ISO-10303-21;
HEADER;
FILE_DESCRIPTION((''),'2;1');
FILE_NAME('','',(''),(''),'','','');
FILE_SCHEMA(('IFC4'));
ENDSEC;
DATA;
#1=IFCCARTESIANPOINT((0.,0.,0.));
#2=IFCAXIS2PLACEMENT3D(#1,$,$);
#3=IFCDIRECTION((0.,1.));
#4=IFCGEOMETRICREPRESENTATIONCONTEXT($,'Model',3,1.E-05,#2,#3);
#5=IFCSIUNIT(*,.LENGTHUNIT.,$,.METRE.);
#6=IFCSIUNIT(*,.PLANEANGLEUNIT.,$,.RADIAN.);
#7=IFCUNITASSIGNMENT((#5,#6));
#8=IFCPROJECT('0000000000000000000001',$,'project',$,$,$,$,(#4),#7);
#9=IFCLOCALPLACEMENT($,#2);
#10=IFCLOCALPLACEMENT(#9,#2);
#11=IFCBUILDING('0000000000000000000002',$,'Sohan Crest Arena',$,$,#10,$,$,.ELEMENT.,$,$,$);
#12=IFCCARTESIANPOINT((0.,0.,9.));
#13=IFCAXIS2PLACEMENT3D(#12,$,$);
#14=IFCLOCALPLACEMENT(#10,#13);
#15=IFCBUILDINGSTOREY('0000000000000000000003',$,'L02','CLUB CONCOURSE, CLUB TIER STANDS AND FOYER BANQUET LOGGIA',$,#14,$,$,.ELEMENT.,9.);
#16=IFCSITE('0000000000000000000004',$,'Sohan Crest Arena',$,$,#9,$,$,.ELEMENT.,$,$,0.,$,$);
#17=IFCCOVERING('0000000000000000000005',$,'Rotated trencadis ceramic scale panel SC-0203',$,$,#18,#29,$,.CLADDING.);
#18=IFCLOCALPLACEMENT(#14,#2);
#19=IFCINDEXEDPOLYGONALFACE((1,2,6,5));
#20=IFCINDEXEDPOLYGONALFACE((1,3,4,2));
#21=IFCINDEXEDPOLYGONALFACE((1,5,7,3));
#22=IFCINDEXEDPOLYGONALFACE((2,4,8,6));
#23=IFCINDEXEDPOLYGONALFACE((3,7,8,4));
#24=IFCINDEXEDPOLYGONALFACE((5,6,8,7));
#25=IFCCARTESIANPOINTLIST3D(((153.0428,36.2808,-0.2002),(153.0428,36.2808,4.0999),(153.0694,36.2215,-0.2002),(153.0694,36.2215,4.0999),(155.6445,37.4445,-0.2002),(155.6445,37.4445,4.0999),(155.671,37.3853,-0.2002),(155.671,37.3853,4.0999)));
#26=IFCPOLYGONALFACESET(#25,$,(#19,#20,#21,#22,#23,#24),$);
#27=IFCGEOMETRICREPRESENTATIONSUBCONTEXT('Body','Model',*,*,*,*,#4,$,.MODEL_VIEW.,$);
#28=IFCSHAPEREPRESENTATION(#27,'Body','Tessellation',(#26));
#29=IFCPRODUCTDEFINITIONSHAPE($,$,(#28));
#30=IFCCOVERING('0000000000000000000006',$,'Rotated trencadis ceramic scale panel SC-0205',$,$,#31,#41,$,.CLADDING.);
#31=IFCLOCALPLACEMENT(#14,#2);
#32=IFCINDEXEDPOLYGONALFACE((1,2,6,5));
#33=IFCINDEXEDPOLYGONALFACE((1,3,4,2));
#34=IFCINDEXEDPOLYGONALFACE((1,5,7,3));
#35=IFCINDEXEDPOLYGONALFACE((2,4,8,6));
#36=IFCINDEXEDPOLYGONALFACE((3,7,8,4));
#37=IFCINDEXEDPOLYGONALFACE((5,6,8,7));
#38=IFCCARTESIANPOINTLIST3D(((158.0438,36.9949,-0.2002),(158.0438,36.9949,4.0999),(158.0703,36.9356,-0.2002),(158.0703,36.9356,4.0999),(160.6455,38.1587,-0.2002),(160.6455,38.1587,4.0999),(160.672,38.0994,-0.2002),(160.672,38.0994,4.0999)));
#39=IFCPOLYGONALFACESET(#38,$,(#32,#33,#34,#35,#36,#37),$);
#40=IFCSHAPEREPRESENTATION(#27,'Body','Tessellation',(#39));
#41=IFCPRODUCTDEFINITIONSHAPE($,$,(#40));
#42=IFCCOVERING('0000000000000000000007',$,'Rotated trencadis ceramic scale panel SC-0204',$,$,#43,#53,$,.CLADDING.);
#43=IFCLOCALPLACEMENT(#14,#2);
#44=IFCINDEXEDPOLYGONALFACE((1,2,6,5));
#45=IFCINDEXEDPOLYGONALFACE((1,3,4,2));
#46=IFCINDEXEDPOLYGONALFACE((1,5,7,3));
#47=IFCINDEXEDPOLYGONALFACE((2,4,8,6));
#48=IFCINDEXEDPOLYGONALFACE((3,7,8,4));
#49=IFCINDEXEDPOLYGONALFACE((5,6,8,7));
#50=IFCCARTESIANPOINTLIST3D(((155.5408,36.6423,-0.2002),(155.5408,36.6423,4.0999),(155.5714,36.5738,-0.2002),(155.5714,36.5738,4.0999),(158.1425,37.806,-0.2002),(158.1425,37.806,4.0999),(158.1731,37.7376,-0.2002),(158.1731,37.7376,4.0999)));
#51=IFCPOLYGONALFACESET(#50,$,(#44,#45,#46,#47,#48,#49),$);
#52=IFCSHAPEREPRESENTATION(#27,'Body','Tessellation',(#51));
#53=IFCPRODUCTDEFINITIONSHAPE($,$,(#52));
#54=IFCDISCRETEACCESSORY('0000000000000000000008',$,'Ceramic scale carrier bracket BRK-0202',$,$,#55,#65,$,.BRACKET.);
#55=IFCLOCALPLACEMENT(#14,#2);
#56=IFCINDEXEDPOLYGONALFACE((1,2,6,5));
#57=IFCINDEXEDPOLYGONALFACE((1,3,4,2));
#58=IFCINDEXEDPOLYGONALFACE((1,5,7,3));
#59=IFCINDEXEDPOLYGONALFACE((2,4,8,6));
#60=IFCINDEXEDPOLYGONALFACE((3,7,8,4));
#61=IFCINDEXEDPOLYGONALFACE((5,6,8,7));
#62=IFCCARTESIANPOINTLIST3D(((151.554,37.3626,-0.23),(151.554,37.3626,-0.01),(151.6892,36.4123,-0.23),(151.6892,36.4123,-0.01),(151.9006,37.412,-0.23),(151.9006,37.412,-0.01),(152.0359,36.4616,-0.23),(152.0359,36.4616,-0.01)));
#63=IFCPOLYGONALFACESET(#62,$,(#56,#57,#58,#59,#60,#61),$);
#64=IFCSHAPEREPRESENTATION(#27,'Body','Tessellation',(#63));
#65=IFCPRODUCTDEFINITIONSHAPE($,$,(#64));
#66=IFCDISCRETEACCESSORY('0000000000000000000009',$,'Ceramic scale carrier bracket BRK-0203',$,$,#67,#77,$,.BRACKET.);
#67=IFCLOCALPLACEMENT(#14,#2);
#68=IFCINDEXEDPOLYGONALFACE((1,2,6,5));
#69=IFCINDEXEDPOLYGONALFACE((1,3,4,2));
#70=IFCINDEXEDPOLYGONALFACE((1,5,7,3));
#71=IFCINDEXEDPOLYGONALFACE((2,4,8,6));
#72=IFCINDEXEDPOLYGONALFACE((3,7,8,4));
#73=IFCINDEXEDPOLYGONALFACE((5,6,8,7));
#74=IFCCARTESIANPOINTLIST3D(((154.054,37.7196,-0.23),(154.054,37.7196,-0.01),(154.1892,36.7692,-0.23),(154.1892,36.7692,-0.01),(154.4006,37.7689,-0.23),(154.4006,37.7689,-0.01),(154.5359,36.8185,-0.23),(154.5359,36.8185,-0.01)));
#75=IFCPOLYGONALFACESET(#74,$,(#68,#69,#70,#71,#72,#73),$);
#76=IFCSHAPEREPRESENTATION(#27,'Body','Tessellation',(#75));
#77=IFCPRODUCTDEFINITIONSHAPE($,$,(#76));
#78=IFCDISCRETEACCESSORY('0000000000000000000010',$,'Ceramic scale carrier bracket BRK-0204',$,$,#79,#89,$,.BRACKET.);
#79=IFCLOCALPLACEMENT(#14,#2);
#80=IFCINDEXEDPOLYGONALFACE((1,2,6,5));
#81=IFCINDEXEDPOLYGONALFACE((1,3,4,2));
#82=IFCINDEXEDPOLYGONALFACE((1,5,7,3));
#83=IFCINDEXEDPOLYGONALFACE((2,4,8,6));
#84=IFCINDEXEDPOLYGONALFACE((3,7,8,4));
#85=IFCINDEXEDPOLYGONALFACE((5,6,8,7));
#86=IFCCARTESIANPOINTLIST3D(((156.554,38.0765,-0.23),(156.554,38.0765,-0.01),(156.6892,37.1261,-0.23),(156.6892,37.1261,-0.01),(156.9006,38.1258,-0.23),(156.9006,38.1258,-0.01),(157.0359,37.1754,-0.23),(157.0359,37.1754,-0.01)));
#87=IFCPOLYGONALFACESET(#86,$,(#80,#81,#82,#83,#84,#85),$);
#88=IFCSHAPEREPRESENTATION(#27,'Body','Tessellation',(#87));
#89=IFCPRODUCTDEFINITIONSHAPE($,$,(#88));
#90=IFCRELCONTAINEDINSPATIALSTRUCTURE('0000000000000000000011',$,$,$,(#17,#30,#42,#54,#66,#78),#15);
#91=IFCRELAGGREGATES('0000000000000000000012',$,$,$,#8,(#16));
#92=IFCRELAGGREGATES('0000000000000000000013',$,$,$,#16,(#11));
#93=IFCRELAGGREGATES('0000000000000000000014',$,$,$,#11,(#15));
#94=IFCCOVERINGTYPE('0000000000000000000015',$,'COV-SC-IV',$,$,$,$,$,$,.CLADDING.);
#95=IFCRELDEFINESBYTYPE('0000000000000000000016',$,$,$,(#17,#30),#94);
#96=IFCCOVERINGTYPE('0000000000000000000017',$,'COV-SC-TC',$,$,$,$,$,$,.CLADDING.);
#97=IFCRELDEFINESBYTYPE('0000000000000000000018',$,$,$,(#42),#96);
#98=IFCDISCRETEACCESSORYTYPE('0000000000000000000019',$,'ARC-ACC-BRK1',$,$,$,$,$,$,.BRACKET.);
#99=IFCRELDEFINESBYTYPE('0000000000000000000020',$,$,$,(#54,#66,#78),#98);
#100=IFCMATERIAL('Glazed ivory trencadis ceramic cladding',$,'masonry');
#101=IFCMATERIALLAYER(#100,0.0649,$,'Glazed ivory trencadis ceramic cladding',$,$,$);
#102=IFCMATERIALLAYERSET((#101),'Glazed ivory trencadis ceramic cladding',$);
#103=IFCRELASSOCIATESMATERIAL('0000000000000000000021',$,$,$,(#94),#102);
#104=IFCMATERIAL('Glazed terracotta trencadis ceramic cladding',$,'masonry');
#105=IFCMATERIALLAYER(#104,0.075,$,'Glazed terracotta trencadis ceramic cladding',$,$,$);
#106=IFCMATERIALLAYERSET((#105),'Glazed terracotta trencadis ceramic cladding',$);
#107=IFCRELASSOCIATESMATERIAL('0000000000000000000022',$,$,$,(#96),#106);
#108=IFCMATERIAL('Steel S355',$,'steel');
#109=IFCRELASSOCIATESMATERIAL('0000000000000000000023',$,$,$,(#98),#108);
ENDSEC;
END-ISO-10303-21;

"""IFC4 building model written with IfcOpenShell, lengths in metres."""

from ifc_helpers import new_model, si_unit, direction, frame, origin, origin_2d, place, context, subcontext, project, spatial, rectangle, extrude, material, layer, layer_set, type_object, element, save


model = new_model("IFC4")

# Units and contexts
model_context = context("Model", 3, precision=1e-05, world=origin(), true_north=direction((0.0, 1.0)))
body_context = subcontext(model_context, "Body", "Model", "MODEL_VIEW")
ifc_project = project(units=[si_unit("LENGTHUNIT", "METRE"), si_unit("PLANEANGLEUNIT", "RADIAN")], contexts=[model_context])

# Site, building, storey
site_placement = place(None, origin())
site = spatial("IfcSite", under=ifc_project, at=site_placement, Name="Sohan Crest Arena", CompositionType="ELEMENT", RefElevation=0.0)
building_placement = place(site_placement, origin())
building = spatial("IfcBuilding", under=site, at=building_placement, Name="Sohan Crest Arena", CompositionType="ELEMENT")
storey_placement = place(building_placement, frame((0.0, 0.0, 9.0)))
storey = spatial("IfcBuildingStorey", under=building, at=storey_placement, Name="L02", Description="CLUB CONCOURSE, CLUB TIER STANDS AND FOYER BANQUET LOGGIA", CompositionType="ELEMENT", Elevation=9.0)

# Coverings
ifc_material_1 = material(Name="Glazed ivory trencadis ceramic cladding", Category="masonry")
ifc_layer_1 = layer(ifc_material_1, 0.0649, Name="Glazed ivory trencadis ceramic cladding")
ifc_layer_set_1 = layer_set([ifc_layer_1], Name="Glazed ivory trencadis ceramic cladding")
covering_type_1 = type_object("IfcCoveringType", Name="COV-SC-IV", PredefinedType="CLADDING", material=ifc_layer_set_1)
for number, where, z_axis, x_axis, name in (
    (1, (154.3569, 36.833, -0.2002), (0.0, 0.0, 1.0), (0.912834, 0.40833, 0.0), "Rotated trencadis ceramic scale panel SC-0203"),
    (2, (159.3579, 37.5471, -0.2002), (0.0, 0.0, 1.0), (0.912834, 0.40833, 0.0), "Rotated trencadis ceramic scale panel SC-0205"),
):
    element("IfcCovering", number, at=place(storey_placement, frame(where, z_axis=z_axis, x_axis=x_axis)), inside=storey, type_object=covering_type_1, Name=name, PredefinedType="CLADDING", context=body_context, shape_type="SweptSolid", body=[
        extrude(rectangle(XDim=2.8501, YDim=0.0649, at=origin_2d()), origin(), (0.0, 0.0, 1.0), 4.3),
    ])
ifc_material_2 = material(Name="Glazed terracotta trencadis ceramic cladding", Category="masonry")
ifc_layer_2 = layer(ifc_material_2, 0.075, Name="Glazed terracotta trencadis ceramic cladding")
ifc_layer_set_2 = layer_set([ifc_layer_2], Name="Glazed terracotta trencadis ceramic cladding")
covering_type_2 = type_object("IfcCoveringType", Name="COV-SC-TC", PredefinedType="CLADDING", material=ifc_layer_set_2)
covering_placement = place(storey_placement, frame((156.8569, 37.1899, -0.2002), z_axis=(0.0, 0.0, 1.0), x_axis=(0.912834, 0.40833, 0.0)))
element("IfcCovering", 3, at=covering_placement, inside=storey, type_object=covering_type_2, Name="Rotated trencadis ceramic scale panel SC-0204", PredefinedType="CLADDING", context=body_context, shape_type="SweptSolid", body=[
    extrude(rectangle(XDim=2.8501, YDim=0.075, at=origin_2d()), origin(), (0.0, 0.0, 1.0), 4.3),
])

# Discrete accessories
ifc_material_3 = material(Name="Steel S355", Category="steel")
discrete_accessory_type = type_object("IfcDiscreteAccessoryType", Name="ARC-ACC-BRK1", PredefinedType="BRACKET", material=ifc_material_3)
for number, where, z_axis, x_axis, name in (
    (4, (151.7949, 36.9121, -0.23), (0.0, 0.0, 1.0), (0.990024, 0.140901, 0.0), "Ceramic scale carrier bracket BRK-0202"),
    (5, (154.2949, 37.269, -0.23), (0.0, 0.0, 1.0), (0.990024, 0.140901, 0.0), "Ceramic scale carrier bracket BRK-0203"),
    (6, (156.7949, 37.626, -0.23), (0.0, 0.0, 1.0), (0.990024, 0.140901, 0.0), "Ceramic scale carrier bracket BRK-0204"),
):
    element("IfcDiscreteAccessory", number, at=place(storey_placement, frame(where, z_axis=z_axis, x_axis=x_axis)), inside=storey, type_object=discrete_accessory_type, Name=name, PredefinedType="BRACKET", context=body_context, shape_type="SweptSolid", body=[
        extrude(rectangle(XDim=0.3501, YDim=0.96, at=origin_2d()), origin(), (0.0, 0.0, 1.0), 0.22),
    ])

save(model, "model.ifc")
